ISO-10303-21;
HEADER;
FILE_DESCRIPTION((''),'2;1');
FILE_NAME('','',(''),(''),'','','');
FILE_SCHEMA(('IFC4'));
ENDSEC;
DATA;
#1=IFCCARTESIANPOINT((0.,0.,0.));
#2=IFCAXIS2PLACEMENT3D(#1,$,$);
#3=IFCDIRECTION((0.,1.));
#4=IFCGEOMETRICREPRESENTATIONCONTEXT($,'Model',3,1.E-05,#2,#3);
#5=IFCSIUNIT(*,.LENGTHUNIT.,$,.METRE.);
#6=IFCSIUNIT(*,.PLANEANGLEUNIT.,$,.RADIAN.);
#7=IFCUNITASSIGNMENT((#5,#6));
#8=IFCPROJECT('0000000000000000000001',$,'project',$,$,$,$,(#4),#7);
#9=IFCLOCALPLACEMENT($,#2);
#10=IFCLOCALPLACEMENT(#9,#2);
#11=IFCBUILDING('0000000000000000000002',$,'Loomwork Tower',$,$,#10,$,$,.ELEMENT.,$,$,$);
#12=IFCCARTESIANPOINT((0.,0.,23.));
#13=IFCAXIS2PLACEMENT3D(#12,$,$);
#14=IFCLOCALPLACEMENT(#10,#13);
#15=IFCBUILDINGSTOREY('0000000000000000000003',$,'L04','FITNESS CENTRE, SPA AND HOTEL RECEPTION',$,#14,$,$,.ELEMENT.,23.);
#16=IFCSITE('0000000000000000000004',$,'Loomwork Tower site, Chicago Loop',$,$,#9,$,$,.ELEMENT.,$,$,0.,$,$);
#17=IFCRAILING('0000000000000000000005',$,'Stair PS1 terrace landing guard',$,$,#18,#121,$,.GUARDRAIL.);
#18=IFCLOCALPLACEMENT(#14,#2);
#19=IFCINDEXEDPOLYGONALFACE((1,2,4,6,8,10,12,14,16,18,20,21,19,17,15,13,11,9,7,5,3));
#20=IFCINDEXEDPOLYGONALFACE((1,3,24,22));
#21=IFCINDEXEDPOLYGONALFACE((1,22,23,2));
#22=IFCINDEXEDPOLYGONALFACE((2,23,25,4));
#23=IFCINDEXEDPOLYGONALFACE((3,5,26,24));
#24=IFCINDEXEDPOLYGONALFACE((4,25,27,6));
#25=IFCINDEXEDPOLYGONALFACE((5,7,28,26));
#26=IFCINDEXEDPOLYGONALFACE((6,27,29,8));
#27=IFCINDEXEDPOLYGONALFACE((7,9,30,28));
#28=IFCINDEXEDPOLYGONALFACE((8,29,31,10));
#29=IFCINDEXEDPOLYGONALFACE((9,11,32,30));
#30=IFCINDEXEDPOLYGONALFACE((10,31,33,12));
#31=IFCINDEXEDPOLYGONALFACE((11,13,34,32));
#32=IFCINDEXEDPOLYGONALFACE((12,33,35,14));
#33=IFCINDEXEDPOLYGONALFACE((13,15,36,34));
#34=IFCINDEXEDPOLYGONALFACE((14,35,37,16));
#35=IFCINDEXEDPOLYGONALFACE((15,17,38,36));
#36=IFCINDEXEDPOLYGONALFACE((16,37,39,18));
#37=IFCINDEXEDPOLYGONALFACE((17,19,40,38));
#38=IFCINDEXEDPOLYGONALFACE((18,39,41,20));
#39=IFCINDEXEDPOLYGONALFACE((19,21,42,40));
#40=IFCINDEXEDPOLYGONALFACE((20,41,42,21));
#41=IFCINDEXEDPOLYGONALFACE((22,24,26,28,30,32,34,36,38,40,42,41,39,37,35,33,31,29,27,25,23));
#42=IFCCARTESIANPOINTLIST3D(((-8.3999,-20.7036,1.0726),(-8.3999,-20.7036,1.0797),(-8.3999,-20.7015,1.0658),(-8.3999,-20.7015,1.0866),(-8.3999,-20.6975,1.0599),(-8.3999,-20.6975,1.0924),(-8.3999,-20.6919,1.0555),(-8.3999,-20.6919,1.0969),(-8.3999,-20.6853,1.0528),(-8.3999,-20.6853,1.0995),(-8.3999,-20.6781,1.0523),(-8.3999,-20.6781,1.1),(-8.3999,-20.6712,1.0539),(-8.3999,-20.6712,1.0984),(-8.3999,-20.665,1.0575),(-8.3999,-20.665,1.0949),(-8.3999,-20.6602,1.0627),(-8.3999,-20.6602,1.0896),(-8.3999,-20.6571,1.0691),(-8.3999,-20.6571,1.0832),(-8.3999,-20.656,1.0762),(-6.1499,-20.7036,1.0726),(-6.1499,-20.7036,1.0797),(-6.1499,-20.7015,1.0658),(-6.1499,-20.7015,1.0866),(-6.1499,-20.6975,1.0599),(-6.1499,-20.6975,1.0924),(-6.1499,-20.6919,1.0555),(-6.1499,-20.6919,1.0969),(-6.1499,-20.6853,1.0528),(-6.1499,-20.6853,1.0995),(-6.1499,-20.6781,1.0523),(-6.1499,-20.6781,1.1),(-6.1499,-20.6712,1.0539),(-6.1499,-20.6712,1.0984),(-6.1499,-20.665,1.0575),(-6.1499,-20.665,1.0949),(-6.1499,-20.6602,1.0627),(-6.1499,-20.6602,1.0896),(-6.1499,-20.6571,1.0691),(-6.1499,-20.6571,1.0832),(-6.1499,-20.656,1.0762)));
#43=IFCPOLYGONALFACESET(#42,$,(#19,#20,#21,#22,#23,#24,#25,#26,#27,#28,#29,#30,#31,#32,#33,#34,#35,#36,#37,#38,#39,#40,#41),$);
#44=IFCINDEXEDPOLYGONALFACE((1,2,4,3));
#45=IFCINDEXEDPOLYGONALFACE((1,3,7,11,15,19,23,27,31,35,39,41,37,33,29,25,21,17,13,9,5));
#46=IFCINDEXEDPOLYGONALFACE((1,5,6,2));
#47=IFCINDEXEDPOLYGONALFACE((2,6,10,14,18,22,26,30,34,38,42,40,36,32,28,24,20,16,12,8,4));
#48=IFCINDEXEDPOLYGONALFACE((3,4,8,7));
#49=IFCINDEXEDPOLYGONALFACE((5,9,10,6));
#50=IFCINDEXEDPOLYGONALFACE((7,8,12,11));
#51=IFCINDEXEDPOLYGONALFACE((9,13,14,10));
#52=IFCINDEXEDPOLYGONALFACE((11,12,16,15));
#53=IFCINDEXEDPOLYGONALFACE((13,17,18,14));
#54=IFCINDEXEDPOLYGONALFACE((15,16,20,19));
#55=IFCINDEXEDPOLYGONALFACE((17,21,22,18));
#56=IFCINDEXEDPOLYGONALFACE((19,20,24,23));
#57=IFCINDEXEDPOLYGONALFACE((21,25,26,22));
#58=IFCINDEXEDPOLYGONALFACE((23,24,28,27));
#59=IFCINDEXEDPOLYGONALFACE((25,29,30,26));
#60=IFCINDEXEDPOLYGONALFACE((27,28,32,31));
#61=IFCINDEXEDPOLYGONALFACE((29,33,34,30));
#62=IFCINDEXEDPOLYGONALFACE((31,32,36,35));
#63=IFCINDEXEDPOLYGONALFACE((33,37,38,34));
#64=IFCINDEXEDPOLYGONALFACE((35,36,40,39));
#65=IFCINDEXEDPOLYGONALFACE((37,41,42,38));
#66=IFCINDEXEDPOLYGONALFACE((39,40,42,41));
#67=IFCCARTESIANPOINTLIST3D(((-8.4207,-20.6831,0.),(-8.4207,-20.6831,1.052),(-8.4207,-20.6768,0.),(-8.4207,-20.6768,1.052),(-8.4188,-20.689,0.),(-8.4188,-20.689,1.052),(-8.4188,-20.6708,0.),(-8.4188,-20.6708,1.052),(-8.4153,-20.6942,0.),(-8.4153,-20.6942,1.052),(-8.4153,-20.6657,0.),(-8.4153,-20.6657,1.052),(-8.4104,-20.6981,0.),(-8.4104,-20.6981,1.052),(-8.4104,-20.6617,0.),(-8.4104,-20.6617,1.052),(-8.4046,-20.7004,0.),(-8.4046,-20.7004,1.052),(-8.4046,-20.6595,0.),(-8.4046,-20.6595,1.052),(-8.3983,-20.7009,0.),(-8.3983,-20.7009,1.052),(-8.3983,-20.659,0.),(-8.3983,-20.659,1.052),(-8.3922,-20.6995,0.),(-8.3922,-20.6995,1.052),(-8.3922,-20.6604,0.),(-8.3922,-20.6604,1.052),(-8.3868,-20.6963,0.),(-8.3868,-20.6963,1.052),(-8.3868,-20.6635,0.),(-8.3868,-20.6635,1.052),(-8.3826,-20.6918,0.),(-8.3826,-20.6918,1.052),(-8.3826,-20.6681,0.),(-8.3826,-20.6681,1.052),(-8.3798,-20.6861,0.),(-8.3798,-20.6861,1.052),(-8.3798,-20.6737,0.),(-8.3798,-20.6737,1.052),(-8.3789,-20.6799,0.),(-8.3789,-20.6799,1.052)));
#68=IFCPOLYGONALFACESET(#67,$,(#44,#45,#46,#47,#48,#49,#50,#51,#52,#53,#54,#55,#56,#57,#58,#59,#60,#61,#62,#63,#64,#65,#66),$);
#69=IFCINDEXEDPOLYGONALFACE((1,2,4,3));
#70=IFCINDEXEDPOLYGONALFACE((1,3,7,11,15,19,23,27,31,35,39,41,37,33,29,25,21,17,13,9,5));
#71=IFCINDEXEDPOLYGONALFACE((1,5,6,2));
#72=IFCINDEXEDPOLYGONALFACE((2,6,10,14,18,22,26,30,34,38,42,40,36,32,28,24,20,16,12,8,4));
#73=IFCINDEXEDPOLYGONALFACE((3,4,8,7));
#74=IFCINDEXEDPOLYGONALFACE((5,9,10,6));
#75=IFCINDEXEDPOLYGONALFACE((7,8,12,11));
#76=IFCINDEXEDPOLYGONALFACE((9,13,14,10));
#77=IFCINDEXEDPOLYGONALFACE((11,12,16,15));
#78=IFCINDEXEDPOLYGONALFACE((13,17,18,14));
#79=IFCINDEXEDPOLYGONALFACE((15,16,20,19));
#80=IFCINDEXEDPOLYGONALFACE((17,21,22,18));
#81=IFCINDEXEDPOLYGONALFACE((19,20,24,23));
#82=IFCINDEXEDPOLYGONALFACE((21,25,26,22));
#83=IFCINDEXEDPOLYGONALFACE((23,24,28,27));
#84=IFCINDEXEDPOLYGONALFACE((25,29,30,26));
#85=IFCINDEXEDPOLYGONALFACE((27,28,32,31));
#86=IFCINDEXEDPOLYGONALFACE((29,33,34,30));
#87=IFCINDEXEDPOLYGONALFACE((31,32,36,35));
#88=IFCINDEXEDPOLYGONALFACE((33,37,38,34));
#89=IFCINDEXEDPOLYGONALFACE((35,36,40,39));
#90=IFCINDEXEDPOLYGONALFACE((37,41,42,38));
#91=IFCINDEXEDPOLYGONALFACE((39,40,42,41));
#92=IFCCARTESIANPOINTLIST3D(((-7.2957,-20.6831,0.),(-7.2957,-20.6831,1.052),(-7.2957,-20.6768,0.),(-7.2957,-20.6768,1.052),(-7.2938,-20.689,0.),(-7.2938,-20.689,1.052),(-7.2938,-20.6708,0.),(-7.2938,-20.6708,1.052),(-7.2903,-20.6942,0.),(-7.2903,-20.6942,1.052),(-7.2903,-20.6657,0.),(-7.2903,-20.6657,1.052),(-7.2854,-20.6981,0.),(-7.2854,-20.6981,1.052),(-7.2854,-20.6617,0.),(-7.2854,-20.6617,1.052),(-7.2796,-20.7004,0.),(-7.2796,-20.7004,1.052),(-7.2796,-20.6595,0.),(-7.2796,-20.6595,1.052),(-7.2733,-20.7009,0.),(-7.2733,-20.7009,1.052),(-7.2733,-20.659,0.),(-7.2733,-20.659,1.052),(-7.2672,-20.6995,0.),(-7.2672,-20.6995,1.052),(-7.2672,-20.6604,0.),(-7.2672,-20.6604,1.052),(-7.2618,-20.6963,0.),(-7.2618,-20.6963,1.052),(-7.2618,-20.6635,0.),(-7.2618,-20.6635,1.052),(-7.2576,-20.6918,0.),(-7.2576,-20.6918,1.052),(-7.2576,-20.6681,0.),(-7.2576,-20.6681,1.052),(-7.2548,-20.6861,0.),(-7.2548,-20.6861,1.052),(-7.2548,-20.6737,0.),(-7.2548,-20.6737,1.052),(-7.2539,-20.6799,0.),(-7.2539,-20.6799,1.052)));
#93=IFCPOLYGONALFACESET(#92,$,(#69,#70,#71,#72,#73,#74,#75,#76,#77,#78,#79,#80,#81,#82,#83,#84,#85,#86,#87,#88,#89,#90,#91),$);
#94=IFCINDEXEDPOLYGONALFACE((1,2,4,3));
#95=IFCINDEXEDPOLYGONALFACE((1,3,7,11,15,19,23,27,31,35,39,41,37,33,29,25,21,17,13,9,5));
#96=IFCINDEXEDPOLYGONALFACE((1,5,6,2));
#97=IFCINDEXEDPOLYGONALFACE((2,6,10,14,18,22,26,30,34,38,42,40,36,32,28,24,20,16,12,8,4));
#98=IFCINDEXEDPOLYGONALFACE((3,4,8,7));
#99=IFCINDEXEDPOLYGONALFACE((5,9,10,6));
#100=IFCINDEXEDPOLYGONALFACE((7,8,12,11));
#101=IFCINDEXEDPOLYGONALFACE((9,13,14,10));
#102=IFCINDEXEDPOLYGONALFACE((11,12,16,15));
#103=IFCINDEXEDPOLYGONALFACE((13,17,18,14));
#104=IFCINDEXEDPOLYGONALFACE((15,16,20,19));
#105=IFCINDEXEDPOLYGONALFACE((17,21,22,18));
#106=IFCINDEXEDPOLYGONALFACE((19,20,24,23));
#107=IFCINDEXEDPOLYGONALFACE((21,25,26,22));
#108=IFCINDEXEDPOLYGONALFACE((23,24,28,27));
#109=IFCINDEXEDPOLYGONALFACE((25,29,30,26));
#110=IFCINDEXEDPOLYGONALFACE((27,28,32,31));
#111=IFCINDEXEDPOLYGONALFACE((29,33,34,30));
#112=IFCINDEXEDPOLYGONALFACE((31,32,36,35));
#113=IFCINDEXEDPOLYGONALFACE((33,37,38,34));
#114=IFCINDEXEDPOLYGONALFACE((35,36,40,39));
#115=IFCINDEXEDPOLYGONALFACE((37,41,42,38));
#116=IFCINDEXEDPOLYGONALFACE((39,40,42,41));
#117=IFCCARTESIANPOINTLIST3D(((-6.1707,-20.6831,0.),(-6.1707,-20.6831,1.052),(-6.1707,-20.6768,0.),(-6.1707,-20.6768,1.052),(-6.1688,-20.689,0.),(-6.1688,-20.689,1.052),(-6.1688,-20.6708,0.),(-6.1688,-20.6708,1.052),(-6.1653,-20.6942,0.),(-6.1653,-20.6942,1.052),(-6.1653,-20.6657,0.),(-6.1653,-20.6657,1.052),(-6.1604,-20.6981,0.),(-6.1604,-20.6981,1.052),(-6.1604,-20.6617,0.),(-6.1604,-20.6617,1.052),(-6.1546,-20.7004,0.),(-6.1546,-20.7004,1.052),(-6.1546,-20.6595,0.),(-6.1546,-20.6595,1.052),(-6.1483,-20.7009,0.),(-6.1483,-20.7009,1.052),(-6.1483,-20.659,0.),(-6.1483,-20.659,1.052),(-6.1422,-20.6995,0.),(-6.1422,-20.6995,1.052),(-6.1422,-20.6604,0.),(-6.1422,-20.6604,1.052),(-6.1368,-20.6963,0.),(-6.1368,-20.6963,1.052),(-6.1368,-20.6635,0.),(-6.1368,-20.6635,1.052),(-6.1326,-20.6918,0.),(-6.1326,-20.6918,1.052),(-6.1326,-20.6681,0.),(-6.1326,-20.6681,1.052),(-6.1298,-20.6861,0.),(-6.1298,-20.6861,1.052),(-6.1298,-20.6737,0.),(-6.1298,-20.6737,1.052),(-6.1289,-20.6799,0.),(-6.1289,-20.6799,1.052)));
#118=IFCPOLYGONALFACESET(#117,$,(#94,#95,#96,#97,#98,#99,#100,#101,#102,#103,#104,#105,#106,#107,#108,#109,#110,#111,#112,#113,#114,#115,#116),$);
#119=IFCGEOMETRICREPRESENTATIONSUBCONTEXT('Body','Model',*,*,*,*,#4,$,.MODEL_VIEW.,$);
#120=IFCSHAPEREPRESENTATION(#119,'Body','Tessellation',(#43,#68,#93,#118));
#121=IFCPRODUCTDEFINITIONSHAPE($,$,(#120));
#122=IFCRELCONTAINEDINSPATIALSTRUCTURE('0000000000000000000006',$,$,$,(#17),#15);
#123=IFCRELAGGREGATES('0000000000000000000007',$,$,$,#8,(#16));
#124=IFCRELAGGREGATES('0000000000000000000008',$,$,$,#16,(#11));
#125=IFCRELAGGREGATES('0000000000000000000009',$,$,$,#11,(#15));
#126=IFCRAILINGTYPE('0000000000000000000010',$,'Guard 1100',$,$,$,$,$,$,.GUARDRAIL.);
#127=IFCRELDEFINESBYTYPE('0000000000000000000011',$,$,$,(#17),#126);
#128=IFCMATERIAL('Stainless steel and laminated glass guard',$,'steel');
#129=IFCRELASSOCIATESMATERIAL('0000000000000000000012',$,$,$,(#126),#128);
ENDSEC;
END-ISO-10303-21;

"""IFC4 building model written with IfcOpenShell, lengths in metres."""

from ifc_helpers import new_model, si_unit, direction, frame, origin, origin_2d, place, context, subcontext, project, spatial, circle, extrude, material, type_object, element, save


model = new_model("IFC4")

# Units and contexts
model_context = context("Model", 3, precision=1e-05, world=origin(), true_north=direction((0.0, 1.0)))
body_context = subcontext(model_context, "Body", "Model", "MODEL_VIEW")
ifc_project = project(units=[si_unit("LENGTHUNIT", "METRE"), si_unit("PLANEANGLEUNIT", "RADIAN")], contexts=[model_context])

# Site, building, storey
site_placement = place(None, origin())
site = spatial("IfcSite", under=ifc_project, at=site_placement, Name="Loomwork Tower site, Chicago Loop", CompositionType="ELEMENT", RefElevation=0.0)
building_placement = place(site_placement, origin())
building = spatial("IfcBuilding", under=site, at=building_placement, Name="Loomwork Tower", CompositionType="ELEMENT")
storey_placement = place(building_placement, frame((0.0, 0.0, 23.0)))
storey = spatial("IfcBuildingStorey", under=building, at=storey_placement, Name="L04", Description="FITNESS CENTRE, SPA AND HOTEL RECEPTION", CompositionType="ELEMENT", Elevation=23.0)

# Railing
ifc_material_1 = material(Name="Stainless steel and laminated glass guard", Category="steel")
railing_type = type_object("IfcRailingType", Name="Guard 1100", PredefinedType="GUARDRAIL", material=ifc_material_1)
railing_1_placement = place(storey_placement, frame((-8.3999, -20.6799, 0.0)))
element("IfcRailing", 1, at=railing_1_placement, inside=storey, type_object=railing_type, Name="Stair PS1 terrace landing guard", PredefinedType="GUARDRAIL", context=body_context, shape_type="SweptSolid", body=[
    extrude(circle(Radius=0.0239, at=origin_2d()), frame((0.0, 0.0, 1.0762), z_axis=(1.0, 0.0, 0.0), x_axis=(0.0, 1.0, 0.0)), (0.0, 0.0, 1.0), 2.25),
    extrude(circle(Radius=0.021, at=origin_2d()), origin(), (0.0, 0.0, 1.0), 1.052),
    extrude(circle(Radius=0.021, at=origin_2d()), frame((1.125, 0.0, 0.0)), (0.0, 0.0, 1.0), 1.052),
    extrude(circle(Radius=0.021, at=origin_2d()), frame((2.25, 0.0, 0.0)), (0.0, 0.0, 1.0), 1.052),
])

save(model, "model.ifc")
